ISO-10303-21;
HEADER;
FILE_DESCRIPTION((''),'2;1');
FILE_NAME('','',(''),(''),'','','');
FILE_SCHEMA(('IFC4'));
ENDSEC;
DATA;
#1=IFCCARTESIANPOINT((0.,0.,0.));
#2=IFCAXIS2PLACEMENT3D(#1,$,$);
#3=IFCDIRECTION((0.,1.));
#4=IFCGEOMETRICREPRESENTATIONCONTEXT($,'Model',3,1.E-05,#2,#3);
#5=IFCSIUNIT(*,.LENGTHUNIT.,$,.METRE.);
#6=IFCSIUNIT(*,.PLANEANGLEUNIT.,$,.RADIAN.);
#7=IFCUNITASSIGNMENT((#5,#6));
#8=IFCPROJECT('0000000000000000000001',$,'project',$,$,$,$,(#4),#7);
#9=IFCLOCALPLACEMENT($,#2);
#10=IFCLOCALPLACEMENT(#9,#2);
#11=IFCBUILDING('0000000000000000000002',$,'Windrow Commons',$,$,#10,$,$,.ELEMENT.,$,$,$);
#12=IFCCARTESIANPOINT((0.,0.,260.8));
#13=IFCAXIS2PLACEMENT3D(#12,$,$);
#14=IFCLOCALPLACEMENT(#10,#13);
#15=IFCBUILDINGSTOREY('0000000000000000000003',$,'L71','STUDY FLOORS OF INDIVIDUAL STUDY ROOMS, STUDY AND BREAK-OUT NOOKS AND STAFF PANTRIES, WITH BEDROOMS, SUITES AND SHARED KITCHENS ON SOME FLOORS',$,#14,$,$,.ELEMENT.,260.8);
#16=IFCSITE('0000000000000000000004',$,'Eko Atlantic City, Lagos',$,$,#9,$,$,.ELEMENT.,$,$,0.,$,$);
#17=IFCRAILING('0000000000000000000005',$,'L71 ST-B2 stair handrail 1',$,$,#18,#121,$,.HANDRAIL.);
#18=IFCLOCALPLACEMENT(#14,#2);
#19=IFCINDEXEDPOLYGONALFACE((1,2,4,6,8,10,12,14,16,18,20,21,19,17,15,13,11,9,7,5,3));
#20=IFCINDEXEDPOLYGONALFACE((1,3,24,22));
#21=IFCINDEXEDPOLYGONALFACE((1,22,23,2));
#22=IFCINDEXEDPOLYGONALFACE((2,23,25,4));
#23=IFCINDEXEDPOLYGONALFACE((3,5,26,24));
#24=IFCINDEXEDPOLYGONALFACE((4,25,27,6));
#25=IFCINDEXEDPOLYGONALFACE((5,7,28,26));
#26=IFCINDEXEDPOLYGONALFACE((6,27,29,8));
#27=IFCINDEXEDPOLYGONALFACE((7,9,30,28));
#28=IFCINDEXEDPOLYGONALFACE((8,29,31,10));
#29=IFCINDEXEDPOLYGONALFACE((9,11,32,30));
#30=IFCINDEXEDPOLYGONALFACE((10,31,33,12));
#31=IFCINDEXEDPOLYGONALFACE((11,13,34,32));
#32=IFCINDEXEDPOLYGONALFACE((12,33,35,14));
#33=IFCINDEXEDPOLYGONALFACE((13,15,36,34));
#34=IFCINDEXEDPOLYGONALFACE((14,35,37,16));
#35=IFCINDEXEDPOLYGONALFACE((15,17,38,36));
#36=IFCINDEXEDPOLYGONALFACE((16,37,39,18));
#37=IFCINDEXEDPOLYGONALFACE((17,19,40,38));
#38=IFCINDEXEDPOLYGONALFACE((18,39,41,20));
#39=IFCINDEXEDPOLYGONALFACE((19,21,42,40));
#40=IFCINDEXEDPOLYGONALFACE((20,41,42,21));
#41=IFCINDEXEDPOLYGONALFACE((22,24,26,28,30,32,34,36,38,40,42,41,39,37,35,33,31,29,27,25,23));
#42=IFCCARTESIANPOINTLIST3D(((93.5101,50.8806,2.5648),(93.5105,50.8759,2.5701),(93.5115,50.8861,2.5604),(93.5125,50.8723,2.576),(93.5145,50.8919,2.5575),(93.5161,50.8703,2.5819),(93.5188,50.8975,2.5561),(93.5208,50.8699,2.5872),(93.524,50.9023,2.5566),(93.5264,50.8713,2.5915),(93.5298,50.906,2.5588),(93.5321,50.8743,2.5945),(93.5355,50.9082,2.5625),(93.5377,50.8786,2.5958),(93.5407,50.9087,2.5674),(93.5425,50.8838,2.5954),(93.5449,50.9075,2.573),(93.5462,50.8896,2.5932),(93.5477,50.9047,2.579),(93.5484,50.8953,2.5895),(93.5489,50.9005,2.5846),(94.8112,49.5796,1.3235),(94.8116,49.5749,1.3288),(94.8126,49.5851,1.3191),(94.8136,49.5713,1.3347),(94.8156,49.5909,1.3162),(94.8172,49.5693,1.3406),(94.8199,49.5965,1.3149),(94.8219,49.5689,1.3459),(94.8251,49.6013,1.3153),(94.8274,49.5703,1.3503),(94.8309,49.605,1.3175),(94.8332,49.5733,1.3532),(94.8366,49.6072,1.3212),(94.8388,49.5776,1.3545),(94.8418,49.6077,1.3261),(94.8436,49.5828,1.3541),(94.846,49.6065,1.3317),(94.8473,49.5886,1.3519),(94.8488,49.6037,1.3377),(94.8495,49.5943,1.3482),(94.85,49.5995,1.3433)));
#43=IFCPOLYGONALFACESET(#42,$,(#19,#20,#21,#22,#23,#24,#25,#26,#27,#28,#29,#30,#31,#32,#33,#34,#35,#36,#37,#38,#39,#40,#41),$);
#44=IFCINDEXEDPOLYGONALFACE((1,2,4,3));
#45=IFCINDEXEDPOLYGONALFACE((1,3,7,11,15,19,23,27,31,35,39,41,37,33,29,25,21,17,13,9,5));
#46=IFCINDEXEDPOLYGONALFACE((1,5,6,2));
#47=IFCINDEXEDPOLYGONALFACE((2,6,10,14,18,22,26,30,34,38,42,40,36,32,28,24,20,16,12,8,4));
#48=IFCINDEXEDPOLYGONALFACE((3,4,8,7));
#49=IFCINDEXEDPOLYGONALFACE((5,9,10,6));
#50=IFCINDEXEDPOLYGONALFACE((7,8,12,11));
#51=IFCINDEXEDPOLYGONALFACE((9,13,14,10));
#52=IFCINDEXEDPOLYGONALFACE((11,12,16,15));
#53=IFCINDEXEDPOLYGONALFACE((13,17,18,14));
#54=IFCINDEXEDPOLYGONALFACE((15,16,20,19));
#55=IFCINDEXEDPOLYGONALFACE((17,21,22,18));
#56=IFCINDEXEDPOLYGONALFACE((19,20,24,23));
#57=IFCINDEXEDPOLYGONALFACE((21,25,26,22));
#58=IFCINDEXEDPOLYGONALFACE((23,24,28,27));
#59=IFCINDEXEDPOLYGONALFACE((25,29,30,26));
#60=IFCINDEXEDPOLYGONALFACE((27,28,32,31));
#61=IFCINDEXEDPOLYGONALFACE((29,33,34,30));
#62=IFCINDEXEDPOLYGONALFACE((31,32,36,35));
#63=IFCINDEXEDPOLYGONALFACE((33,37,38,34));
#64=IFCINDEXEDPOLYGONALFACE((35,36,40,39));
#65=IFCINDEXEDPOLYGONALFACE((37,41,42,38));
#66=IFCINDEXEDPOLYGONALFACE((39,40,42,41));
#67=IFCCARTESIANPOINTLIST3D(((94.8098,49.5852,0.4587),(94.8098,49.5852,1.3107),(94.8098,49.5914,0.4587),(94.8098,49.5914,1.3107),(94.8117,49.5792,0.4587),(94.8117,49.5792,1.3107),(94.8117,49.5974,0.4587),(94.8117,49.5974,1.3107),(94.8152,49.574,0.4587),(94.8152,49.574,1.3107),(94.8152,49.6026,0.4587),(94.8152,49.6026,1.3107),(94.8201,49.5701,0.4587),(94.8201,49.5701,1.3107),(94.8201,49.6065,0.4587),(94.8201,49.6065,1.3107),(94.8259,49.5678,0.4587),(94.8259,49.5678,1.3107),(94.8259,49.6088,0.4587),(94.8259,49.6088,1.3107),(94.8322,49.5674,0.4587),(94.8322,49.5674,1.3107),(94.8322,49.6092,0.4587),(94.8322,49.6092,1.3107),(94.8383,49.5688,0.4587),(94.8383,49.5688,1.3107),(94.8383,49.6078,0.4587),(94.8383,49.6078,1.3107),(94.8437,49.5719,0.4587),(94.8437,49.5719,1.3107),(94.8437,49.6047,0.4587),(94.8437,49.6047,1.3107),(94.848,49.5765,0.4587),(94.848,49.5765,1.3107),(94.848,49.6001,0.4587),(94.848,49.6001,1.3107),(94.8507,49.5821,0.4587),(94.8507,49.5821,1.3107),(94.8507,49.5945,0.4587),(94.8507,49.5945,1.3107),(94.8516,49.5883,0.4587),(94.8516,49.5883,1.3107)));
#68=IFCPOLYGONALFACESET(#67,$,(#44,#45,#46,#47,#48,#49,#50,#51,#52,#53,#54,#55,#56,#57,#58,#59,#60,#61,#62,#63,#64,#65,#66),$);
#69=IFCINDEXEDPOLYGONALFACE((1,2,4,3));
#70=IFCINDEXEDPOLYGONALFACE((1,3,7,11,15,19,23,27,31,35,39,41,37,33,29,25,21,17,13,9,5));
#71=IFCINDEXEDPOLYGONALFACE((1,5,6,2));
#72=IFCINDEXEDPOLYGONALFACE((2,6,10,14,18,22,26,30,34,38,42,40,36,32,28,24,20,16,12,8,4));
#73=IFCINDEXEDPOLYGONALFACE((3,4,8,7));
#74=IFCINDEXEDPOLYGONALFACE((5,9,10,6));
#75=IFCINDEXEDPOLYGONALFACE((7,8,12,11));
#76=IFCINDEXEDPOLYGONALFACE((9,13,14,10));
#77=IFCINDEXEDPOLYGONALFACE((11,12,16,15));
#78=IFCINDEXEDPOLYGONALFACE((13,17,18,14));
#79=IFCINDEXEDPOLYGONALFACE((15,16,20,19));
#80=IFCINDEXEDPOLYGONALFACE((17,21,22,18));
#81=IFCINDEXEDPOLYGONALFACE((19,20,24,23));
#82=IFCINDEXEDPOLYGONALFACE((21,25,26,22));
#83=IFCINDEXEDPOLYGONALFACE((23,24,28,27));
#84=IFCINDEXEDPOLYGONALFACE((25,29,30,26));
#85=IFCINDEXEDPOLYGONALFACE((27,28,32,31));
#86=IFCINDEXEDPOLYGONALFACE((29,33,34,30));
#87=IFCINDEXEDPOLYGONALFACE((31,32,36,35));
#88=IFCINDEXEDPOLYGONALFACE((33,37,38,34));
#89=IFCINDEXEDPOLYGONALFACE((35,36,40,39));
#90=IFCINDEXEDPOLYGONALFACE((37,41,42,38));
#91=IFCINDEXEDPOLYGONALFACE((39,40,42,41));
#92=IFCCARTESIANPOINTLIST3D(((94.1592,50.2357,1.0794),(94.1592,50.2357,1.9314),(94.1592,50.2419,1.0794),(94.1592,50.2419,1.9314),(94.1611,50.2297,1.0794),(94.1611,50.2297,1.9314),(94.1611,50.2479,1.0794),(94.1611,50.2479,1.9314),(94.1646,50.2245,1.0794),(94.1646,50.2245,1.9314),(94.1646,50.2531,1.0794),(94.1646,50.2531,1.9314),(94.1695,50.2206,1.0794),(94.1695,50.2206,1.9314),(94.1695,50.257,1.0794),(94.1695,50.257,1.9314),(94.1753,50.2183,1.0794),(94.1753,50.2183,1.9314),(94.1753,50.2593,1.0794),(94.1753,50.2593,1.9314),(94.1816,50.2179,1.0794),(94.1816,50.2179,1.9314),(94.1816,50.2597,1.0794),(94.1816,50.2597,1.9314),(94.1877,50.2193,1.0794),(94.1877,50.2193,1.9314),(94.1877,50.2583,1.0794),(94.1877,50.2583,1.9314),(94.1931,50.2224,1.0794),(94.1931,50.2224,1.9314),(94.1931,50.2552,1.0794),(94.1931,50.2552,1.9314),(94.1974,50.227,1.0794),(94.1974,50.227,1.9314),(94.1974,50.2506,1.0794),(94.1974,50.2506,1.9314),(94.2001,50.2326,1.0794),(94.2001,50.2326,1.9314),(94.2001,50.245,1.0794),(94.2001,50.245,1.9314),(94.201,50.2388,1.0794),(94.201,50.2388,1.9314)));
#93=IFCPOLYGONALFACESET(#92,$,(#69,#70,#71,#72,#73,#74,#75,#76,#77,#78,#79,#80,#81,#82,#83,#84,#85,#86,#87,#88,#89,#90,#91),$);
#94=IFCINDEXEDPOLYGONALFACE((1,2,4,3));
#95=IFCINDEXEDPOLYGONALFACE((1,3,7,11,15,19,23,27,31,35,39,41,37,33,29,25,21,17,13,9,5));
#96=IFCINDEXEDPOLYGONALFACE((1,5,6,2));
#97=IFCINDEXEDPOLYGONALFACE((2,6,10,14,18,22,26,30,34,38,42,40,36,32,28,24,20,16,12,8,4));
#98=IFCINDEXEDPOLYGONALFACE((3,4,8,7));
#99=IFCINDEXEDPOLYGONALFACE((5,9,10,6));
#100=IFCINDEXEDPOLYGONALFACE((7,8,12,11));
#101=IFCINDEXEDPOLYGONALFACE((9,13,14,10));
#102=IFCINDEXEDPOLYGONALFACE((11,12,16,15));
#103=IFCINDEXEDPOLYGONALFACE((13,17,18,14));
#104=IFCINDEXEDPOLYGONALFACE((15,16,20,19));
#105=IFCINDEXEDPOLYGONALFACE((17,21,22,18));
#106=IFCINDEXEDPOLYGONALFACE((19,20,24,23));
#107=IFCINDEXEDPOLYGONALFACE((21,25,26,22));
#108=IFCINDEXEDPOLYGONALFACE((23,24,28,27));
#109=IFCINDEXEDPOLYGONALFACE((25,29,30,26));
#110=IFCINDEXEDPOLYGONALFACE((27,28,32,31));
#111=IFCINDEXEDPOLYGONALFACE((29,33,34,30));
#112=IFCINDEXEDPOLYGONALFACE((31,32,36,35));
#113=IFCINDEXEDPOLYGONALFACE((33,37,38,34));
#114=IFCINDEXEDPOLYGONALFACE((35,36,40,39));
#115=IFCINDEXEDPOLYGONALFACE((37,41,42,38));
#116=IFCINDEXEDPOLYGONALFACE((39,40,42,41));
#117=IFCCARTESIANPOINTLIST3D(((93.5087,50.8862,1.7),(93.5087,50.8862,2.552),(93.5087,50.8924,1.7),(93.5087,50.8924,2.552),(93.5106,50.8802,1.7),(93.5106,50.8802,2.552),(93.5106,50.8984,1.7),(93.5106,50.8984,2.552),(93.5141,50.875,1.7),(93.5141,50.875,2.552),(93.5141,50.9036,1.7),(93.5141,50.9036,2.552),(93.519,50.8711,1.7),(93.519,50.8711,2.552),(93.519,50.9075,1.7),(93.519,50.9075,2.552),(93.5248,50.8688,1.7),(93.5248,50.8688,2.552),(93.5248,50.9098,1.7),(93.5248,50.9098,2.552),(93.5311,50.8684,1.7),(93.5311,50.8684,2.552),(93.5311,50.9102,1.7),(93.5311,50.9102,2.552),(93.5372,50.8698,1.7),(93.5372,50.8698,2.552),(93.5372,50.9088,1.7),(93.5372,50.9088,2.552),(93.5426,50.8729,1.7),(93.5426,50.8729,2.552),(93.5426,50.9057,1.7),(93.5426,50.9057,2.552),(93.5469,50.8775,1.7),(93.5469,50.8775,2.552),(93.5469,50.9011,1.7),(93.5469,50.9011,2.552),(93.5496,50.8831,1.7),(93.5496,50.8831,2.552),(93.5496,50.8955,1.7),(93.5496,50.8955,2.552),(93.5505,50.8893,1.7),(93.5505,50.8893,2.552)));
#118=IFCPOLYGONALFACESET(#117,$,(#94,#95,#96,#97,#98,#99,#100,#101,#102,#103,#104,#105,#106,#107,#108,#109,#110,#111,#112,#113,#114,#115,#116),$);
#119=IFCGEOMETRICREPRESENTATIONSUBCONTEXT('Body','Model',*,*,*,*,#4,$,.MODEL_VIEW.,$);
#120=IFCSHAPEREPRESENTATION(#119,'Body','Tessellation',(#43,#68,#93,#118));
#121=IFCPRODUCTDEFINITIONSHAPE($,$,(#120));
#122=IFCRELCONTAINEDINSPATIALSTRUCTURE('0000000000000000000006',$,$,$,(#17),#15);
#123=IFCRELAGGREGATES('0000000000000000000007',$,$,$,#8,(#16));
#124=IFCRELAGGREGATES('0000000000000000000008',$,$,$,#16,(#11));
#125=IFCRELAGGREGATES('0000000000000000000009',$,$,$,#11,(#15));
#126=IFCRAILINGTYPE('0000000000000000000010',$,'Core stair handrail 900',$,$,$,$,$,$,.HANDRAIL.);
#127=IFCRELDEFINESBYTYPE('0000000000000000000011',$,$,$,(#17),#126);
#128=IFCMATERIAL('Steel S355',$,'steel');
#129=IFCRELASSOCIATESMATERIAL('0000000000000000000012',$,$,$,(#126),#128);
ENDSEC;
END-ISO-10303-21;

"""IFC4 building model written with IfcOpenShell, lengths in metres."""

from ifc_helpers import new_model, si_unit, direction, frame, origin, origin_2d, place, context, subcontext, project, spatial, circle, extrude, material, type_object, element, save


model = new_model("IFC4")

# Units and contexts
model_context = context("Model", 3, precision=1e-05, world=origin(), true_north=direction((0.0, 1.0)))
body_context = subcontext(model_context, "Body", "Model", "MODEL_VIEW")
ifc_project = project(units=[si_unit("LENGTHUNIT", "METRE"), si_unit("PLANEANGLEUNIT", "RADIAN")], contexts=[model_context])

# Site, building, storey
site_placement = place(None, origin())
site = spatial("IfcSite", under=ifc_project, at=site_placement, Name="Eko Atlantic City, Lagos", CompositionType="ELEMENT", RefElevation=0.0)
building_placement = place(site_placement, origin())
building = spatial("IfcBuilding", under=site, at=building_placement, Name="Windrow Commons", CompositionType="ELEMENT")
storey_placement = place(building_placement, frame((0.0, 0.0, 260.8)))
storey = spatial("IfcBuildingStorey", under=building, at=storey_placement, Name="L71", Description="STUDY FLOORS OF INDIVIDUAL STUDY ROOMS, STUDY AND BREAK-OUT NOOKS AND STAFF PANTRIES, WITH BEDROOMS, SUITES AND SHARED KITCHENS ON SOME FLOORS", CompositionType="ELEMENT", Elevation=260.8)

# Railing
ifc_material_1 = material(Name="Steel S355", Category="steel")
railing_type_1 = type_object("IfcRailingType", Name="Core stair handrail 900", PredefinedType="HANDRAIL", material=ifc_material_1)
railing_1_placement = place(storey_placement, frame((94.8306, 49.5883, 0.4587)))
element("IfcRailing", 1, at=railing_1_placement, inside=storey, type_object=railing_type_1, Name="L71 ST-B2 stair handrail 1", PredefinedType="HANDRAIL", context=body_context, shape_type="SweptSolid", body=[
    extrude(circle(Radius=0.024, at=origin_2d()), frame((0.0, 0.0, 0.876), z_axis=(-0.586207, 0.586162, 0.559264), x_axis=(-0.70708, -0.707134, 0.0)), (0.0, 0.0, 1.0), 2.2195),
    extrude(circle(Radius=0.021, at=origin_2d()), origin(), (0.0, 0.0, 1.0), 0.852),
    extrude(circle(Radius=0.021, at=origin_2d()), frame((-0.6506, 0.6505, 0.6207)), (0.0, 0.0, 1.0), 0.852),
    extrude(circle(Radius=0.021, at=origin_2d()), frame((-1.3011, 1.301, 1.2413)), (0.0, 0.0, 1.0), 0.852),
])

save(model, "model.ifc")
